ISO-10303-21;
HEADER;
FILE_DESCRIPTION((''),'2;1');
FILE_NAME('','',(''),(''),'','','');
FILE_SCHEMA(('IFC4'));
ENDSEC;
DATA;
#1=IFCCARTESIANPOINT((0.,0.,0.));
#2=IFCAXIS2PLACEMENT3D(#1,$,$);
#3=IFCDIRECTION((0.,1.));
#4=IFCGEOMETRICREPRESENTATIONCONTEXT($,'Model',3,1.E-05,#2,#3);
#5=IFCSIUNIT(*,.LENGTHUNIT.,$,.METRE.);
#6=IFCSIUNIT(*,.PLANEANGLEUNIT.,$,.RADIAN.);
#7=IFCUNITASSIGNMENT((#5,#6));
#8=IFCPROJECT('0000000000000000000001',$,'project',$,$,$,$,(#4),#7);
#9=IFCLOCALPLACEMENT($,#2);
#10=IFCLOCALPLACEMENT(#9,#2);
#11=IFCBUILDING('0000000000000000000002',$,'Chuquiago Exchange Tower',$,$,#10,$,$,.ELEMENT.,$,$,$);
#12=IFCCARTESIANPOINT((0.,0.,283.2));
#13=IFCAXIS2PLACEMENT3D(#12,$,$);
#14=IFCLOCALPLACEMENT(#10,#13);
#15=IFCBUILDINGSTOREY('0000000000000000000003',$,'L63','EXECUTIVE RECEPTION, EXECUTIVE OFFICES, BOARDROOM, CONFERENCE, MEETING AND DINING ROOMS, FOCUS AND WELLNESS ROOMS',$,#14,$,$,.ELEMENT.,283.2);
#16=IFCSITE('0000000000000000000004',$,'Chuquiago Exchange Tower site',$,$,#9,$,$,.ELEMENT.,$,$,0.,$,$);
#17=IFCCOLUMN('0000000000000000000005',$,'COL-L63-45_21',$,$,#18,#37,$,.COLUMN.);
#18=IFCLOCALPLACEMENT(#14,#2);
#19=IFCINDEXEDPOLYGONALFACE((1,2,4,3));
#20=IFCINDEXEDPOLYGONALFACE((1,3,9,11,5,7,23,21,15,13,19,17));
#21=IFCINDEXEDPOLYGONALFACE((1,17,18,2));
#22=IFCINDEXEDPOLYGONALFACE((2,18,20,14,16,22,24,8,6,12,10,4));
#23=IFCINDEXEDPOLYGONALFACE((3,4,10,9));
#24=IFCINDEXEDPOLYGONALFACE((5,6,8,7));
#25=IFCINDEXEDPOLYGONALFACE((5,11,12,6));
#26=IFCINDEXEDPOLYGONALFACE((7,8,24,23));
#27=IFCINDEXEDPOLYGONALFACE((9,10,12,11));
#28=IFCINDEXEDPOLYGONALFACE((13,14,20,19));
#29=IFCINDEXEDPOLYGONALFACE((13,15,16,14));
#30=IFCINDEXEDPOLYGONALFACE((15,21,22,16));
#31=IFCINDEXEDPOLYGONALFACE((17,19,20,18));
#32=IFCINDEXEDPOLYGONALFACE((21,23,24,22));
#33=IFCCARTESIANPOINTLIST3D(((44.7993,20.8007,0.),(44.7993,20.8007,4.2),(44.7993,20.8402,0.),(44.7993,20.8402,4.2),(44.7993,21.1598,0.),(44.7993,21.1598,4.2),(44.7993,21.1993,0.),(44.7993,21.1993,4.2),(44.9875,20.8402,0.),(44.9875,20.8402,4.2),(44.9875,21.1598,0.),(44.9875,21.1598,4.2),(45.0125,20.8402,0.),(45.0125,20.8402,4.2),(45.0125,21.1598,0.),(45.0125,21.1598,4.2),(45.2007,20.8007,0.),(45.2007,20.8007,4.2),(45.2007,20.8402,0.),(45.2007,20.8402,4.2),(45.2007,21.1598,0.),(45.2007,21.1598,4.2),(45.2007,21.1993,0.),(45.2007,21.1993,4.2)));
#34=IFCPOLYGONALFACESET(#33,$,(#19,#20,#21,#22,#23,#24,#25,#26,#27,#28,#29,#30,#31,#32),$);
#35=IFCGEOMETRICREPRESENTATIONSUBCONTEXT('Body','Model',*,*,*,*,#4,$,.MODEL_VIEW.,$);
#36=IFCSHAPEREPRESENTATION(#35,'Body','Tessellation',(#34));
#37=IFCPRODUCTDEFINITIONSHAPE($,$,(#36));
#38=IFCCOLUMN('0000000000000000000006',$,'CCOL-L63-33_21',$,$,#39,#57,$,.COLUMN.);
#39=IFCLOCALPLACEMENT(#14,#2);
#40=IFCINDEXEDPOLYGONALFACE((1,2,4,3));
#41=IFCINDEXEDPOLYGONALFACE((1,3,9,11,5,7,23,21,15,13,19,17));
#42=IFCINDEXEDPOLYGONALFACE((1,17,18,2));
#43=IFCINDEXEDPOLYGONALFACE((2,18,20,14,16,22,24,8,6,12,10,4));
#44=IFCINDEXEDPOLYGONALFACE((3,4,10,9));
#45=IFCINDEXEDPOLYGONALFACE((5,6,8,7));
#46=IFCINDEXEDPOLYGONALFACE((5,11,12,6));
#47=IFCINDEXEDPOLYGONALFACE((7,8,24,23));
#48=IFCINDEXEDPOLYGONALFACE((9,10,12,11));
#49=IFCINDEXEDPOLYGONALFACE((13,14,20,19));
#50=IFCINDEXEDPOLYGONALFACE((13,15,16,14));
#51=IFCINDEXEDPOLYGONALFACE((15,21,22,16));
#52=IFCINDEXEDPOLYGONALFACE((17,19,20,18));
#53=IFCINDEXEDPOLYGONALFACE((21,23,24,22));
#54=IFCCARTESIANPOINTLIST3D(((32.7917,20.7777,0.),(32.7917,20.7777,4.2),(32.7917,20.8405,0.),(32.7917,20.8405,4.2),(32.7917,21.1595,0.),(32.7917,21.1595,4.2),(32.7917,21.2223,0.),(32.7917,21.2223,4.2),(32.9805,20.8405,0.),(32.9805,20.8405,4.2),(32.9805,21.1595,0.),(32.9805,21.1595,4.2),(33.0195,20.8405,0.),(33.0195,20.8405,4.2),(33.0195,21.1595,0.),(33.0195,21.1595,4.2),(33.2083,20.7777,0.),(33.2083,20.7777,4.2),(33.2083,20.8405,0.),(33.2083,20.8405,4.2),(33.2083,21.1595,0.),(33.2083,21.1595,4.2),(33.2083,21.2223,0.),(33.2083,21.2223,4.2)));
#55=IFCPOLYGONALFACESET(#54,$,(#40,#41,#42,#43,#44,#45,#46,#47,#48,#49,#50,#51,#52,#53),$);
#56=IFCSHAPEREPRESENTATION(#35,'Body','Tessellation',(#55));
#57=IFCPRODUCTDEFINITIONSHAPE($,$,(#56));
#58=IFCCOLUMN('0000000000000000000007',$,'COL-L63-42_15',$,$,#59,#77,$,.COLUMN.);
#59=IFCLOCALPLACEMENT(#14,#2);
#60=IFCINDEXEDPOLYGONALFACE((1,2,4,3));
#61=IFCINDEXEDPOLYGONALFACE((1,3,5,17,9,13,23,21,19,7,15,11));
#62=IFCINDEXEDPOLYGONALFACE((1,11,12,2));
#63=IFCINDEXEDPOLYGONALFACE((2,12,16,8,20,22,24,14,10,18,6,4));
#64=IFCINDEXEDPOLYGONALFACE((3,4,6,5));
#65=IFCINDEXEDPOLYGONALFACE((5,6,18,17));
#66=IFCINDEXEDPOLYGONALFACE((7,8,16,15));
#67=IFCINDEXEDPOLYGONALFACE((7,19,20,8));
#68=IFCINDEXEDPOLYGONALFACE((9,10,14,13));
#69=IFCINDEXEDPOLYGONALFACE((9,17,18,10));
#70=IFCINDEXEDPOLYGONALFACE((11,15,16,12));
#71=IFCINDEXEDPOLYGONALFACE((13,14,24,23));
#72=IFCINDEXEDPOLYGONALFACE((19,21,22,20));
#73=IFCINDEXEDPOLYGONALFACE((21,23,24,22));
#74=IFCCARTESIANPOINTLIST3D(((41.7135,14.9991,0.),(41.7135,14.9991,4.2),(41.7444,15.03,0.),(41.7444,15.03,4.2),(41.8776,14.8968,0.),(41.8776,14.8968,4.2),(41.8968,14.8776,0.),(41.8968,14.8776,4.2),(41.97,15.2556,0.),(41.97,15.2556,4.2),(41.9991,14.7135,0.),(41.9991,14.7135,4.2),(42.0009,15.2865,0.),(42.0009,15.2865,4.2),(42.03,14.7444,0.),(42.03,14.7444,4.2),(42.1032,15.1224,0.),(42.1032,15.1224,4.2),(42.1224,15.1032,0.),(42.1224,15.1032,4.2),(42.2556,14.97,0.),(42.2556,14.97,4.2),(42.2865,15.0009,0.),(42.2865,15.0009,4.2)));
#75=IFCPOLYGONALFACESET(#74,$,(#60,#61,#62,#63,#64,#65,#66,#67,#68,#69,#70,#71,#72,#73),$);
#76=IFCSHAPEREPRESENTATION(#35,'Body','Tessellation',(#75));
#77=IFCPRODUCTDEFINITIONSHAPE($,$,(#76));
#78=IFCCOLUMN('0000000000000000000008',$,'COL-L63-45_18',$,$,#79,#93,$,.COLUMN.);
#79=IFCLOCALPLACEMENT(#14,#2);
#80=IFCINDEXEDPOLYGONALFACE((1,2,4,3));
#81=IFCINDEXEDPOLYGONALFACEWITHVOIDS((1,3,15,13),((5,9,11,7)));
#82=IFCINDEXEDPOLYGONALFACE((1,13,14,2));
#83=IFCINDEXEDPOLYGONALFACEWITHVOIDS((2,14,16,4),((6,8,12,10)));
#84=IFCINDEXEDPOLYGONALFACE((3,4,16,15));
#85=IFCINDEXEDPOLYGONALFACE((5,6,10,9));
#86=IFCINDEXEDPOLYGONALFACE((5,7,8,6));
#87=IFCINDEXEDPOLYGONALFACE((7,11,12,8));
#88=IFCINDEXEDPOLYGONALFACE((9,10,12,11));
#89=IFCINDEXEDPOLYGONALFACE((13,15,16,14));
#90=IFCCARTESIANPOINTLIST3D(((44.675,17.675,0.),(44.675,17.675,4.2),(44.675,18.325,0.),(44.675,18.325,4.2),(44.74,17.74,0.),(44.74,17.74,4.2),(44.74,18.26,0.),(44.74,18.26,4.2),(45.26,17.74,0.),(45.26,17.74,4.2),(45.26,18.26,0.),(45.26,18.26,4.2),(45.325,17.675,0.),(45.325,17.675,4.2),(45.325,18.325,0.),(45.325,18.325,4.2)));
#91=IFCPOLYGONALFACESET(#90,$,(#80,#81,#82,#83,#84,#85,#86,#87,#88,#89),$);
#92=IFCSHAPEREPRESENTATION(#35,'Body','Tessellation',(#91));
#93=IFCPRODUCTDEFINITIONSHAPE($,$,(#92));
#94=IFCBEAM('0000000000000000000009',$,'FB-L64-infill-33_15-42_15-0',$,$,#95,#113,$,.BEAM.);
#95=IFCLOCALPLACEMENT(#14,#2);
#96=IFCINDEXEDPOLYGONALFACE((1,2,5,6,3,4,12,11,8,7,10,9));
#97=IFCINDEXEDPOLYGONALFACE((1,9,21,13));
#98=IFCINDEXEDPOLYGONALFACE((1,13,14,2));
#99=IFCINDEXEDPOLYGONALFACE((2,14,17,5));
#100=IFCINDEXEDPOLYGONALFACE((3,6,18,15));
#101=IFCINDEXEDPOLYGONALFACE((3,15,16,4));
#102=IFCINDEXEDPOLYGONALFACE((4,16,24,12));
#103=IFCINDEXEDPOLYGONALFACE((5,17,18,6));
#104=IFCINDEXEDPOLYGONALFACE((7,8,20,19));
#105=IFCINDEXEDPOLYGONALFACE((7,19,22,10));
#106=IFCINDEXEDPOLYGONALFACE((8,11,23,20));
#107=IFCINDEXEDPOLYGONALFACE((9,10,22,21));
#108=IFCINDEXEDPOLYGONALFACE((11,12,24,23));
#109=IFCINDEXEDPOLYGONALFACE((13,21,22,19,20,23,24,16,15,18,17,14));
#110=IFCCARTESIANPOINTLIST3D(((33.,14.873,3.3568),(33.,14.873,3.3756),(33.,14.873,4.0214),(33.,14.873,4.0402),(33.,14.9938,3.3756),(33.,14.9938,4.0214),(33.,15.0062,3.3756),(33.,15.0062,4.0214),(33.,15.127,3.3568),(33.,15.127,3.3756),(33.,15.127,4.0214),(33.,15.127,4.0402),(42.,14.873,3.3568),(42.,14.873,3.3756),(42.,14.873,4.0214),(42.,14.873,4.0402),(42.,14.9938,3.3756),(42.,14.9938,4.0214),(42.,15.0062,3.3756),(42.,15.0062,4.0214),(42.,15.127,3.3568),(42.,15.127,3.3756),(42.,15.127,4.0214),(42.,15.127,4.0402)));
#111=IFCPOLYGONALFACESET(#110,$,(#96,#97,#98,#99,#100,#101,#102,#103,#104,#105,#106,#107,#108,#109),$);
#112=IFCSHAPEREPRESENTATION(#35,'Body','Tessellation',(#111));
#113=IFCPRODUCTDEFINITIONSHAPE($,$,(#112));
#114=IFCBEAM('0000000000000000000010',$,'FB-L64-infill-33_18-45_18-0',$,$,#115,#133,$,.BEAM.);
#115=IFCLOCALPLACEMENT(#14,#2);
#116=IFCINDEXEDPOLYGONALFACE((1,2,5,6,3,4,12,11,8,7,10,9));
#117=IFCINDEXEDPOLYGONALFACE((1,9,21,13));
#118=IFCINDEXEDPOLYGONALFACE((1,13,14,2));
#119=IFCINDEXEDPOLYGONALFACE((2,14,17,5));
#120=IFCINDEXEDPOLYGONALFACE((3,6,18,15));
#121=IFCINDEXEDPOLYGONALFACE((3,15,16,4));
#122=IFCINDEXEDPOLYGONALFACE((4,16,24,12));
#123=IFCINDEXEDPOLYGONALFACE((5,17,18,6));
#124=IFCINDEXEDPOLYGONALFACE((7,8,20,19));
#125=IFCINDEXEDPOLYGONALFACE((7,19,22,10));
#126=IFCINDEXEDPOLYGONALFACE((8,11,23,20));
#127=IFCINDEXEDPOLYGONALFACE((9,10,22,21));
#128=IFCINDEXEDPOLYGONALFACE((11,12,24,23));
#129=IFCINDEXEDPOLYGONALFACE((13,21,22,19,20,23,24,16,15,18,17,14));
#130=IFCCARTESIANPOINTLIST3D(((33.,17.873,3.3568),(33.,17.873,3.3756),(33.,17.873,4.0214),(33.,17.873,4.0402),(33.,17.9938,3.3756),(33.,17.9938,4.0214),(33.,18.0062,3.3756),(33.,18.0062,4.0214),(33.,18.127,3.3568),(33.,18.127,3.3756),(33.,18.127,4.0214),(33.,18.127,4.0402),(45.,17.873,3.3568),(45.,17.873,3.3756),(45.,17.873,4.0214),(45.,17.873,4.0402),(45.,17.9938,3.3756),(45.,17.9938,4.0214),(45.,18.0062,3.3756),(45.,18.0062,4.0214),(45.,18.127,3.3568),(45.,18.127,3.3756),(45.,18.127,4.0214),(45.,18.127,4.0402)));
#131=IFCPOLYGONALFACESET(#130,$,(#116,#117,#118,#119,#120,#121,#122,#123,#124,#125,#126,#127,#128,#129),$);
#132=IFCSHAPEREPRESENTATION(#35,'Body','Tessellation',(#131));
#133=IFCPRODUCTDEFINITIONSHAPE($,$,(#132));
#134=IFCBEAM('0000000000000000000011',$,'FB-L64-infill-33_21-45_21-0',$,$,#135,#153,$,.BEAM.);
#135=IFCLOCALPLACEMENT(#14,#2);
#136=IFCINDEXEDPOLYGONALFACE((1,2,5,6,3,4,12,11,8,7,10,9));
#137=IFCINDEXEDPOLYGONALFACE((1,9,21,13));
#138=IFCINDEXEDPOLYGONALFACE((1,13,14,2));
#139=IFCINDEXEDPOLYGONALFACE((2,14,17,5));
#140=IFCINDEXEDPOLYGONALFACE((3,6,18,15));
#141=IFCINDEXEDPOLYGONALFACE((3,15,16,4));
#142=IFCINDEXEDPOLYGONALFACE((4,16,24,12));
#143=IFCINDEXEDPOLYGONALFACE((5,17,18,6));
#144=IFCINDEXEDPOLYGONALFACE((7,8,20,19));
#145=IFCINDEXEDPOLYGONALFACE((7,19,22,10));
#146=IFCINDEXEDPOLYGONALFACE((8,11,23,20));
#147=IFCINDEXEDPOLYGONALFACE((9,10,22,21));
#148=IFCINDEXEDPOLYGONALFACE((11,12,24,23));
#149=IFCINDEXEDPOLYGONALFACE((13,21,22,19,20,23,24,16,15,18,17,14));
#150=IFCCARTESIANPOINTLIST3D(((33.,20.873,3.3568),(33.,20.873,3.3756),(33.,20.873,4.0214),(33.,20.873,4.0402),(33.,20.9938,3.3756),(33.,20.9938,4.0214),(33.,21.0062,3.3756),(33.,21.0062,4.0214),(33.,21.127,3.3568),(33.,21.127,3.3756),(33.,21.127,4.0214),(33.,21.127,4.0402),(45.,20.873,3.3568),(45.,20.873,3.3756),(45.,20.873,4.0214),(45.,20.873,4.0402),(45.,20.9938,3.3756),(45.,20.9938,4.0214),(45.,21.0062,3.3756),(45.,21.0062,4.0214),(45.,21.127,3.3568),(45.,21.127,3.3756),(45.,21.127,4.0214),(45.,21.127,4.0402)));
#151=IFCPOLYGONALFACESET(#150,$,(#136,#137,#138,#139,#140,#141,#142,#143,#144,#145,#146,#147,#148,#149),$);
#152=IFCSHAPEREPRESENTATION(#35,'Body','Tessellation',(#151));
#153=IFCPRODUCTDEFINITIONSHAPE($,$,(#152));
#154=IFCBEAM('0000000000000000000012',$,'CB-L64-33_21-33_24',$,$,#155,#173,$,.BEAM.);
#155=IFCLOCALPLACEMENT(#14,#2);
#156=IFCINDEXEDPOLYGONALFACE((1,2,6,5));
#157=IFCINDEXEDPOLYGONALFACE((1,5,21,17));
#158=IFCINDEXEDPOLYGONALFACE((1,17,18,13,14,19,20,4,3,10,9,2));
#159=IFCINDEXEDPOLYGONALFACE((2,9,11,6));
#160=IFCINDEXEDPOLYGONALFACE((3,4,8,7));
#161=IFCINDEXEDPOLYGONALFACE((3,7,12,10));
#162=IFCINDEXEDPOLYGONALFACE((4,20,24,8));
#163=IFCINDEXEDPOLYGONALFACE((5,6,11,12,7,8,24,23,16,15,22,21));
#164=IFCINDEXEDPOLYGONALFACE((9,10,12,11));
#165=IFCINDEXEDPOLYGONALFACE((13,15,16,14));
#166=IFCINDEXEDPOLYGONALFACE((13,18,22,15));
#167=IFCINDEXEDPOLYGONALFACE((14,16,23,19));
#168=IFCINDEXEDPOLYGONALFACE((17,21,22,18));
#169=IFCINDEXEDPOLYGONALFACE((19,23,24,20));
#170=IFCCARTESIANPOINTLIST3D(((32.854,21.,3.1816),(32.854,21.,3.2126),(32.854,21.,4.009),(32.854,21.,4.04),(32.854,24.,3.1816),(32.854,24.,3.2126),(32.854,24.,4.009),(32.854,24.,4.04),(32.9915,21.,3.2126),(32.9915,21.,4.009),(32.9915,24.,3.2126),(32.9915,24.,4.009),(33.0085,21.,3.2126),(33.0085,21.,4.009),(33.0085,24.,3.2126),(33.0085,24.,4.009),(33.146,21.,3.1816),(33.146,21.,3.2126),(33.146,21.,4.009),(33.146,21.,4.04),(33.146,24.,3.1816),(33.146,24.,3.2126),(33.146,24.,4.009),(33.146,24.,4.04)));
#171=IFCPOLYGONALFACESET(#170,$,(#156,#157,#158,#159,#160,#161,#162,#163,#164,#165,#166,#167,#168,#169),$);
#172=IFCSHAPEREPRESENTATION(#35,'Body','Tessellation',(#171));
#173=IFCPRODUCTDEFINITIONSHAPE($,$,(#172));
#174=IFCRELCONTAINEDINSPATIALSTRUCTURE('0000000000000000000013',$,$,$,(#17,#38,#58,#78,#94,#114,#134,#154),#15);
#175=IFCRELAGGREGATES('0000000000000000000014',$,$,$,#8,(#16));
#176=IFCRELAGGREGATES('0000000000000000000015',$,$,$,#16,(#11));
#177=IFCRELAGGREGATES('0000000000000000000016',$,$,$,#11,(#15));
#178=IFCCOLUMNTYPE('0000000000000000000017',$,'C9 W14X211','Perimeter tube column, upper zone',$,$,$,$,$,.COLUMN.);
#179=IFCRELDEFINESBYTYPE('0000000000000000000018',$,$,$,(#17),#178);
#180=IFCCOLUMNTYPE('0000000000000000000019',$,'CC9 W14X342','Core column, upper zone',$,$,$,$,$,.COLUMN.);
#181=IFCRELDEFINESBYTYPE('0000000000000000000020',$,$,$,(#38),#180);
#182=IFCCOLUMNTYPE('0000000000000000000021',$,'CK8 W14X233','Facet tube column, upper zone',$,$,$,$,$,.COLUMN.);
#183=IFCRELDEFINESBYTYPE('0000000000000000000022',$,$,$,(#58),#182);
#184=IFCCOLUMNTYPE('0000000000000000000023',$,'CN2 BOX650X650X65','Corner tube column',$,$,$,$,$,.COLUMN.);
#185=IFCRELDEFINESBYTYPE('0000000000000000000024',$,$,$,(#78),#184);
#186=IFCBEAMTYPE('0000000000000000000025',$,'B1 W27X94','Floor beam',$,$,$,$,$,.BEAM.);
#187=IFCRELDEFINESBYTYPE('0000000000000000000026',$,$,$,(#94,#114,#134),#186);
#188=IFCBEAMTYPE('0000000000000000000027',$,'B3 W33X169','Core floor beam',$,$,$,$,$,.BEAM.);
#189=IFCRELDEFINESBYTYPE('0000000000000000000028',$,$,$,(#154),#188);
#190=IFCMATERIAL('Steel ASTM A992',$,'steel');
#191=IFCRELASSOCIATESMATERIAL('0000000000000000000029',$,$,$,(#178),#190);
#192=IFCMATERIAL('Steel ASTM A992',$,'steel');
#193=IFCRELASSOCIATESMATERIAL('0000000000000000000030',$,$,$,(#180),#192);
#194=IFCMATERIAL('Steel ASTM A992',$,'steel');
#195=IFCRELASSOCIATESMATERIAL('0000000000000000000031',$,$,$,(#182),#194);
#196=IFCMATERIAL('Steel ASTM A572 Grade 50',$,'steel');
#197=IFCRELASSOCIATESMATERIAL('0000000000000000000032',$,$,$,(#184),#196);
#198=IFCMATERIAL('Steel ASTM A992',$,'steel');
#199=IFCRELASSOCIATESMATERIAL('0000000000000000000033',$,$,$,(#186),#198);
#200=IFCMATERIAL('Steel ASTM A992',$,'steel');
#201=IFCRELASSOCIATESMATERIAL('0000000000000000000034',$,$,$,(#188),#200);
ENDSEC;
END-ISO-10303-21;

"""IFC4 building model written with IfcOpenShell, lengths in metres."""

from ifc_helpers import new_model, si_unit, direction, frame, origin, origin_2d, place, context, subcontext, project, spatial, hollow_rectangle, i_section, extrude, material, material_profile, profile_set, type_object, element, save


model = new_model("IFC4")

# Units and contexts
model_context = context("Model", 3, precision=1e-05, world=origin(), true_north=direction((0.0, 1.0)))
body_context = subcontext(model_context, "Body", "Model", "MODEL_VIEW")
ifc_project = project(units=[si_unit("LENGTHUNIT", "METRE"), si_unit("PLANEANGLEUNIT", "RADIAN")], contexts=[model_context])

# Site, building, storey
site_placement = place(None, origin())
site = spatial("IfcSite", under=ifc_project, at=site_placement, Name="Chuquiago Exchange Tower site", CompositionType="ELEMENT", RefElevation=0.0)
building_placement = place(site_placement, origin())
building = spatial("IfcBuilding", under=site, at=building_placement, Name="Chuquiago Exchange Tower", CompositionType="ELEMENT")
storey_placement = place(building_placement, frame((0.0, 0.0, 283.2)))
storey = spatial("IfcBuildingStorey", under=building, at=storey_placement, Name="L63", Description="EXECUTIVE RECEPTION, EXECUTIVE OFFICES, BOARDROOM, CONFERENCE, MEETING AND DINING ROOMS, FOCUS AND WELLNESS ROOMS", CompositionType="ELEMENT", Elevation=283.2)

# Columns
ifc_material_1 = material(Name="Steel ASTM A992", Category="steel")
ifc_material_profile_1 = material_profile(ifc_material_1, i_section(OverallWidth=0.4014, OverallDepth=0.3987, WebThickness=0.0249, FlangeThickness=0.0396, at=origin_2d()), Name="W14X211")
ifc_profile_set_1 = profile_set([ifc_material_profile_1], Name="Steel ASTM A992")
column_type_1 = type_object("IfcColumnType", Name="C9 W14X211", Description="Perimeter tube column, upper zone", PredefinedType="COLUMN", material=ifc_profile_set_1)
column_1_placement = place(storey_placement, frame((45.0, 21.0, 0.0), z_axis=(0.0, 0.0, 1.0), x_axis=(1.0, 0.0, 0.0)))
element("IfcColumn", 1, at=column_1_placement, inside=storey, type_object=column_type_1, Name="COL-L63-45_21", PredefinedType="COLUMN", context=body_context, shape_type="SweptSolid", body=[
    extrude(i_section(OverallWidth=0.4014, OverallDepth=0.3987, WebThickness=0.0249, FlangeThickness=0.0396, at=origin_2d()), origin(), (0.0, 0.0, 1.0), 4.2),
])
ifc_material_2 = material(Name="Steel ASTM A992", Category="steel")
ifc_material_profile_2 = material_profile(ifc_material_2, i_section(OverallWidth=0.4165, OverallDepth=0.4446, WebThickness=0.0391, FlangeThickness=0.0627, at=origin_2d()), Name="W14X342")
ifc_profile_set_2 = profile_set([ifc_material_profile_2], Name="Steel ASTM A992")
column_type_2 = type_object("IfcColumnType", Name="CC9 W14X342", Description="Core column, upper zone", PredefinedType="COLUMN", material=ifc_profile_set_2)
column_2_placement = place(storey_placement, frame((33.0, 21.0, 0.0), z_axis=(0.0, 0.0, 1.0), x_axis=(1.0, 0.0, 0.0)))
element("IfcColumn", 2, at=column_2_placement, inside=storey, type_object=column_type_2, Name="CCOL-L63-33_21", PredefinedType="COLUMN", context=body_context, shape_type="SweptSolid", body=[
    extrude(i_section(OverallWidth=0.4165, OverallDepth=0.4446, WebThickness=0.0391, FlangeThickness=0.0627, at=origin_2d()), origin(), (0.0, 0.0, 1.0), 4.2),
])
ifc_material_3 = material(Name="Steel ASTM A992", Category="steel")
ifc_material_profile_3 = material_profile(ifc_material_3, i_section(OverallWidth=0.4038, OverallDepth=0.4065, WebThickness=0.0271, FlangeThickness=0.0437, at=origin_2d()), Name="W14X233")
ifc_profile_set_3 = profile_set([ifc_material_profile_3], Name="Steel ASTM A992")
column_type_3 = type_object("IfcColumnType", Name="CK8 W14X233", Description="Facet tube column, upper zone", PredefinedType="COLUMN", material=ifc_profile_set_3)
column_3_placement = place(storey_placement, frame((42.0, 15.0, 0.0), z_axis=(0.0, 0.0, 1.0), x_axis=(0.707107, -0.707107, 0.0)))
element("IfcColumn", 3, at=column_3_placement, inside=storey, type_object=column_type_3, Name="COL-L63-42_15", PredefinedType="COLUMN", context=body_context, shape_type="SweptSolid", body=[
    extrude(i_section(OverallWidth=0.4038, OverallDepth=0.4065, WebThickness=0.0271, FlangeThickness=0.0437, at=origin_2d()), origin(), (0.0, 0.0, 1.0), 4.2),
])
ifc_material_4 = material(Name="Steel ASTM A572 Grade 50", Category="steel")
ifc_material_profile_4 = material_profile(ifc_material_4, hollow_rectangle(XDim=0.6499, YDim=0.6499, WallThickness=0.0649, at=origin_2d()), Name="BOX650X650X65")
ifc_profile_set_4 = profile_set([ifc_material_profile_4], Name="Steel ASTM A572 Grade 50")
column_type_4 = type_object("IfcColumnType", Name="CN2 BOX650X650X65", Description="Corner tube column", PredefinedType="COLUMN", material=ifc_profile_set_4)
column_4_placement = place(storey_placement, frame((45.0, 18.0, 0.0), z_axis=(0.0, 0.0, 1.0), x_axis=(1.0, 0.0, 0.0)))
element("IfcColumn", 4, at=column_4_placement, inside=storey, type_object=column_type_4, Name="COL-L63-45_18", PredefinedType="COLUMN", context=body_context, shape_type="SweptSolid", body=[
    extrude(hollow_rectangle(XDim=0.6499, YDim=0.6499, WallThickness=0.0649, at=origin_2d()), origin(), (0.0, 0.0, 1.0), 4.2),
])

# Beams
ifc_material_5 = material(Name="Steel ASTM A992", Category="steel")
ifc_material_profile_5 = material_profile(ifc_material_5, i_section(OverallWidth=0.2539, OverallDepth=0.6833, WebThickness=0.0125, FlangeThickness=0.0188, at=origin_2d()), Name="W27X94")
ifc_profile_set_5 = profile_set([ifc_material_profile_5], Name="Steel ASTM A992")
beam_type_1 = type_object("IfcBeamType", Name="B1 W27X94", Description="Floor beam", PredefinedType="BEAM", material=ifc_profile_set_5)
beam_1_placement = place(storey_placement, frame((33.0, 15.0, 3.6985), z_axis=(1.0, 0.0, 0.0), x_axis=(0.0, 1.0, 0.0)))
element("IfcBeam", 5, at=beam_1_placement, inside=storey, type_object=beam_type_1, Name="FB-L64-infill-33_15-42_15-0", PredefinedType="BEAM", context=body_context, shape_type="SweptSolid", body=[
    extrude(i_section(OverallWidth=0.2539, OverallDepth=0.6833, WebThickness=0.0125, FlangeThickness=0.0188, at=origin_2d()), origin(), (0.0, 0.0, 1.0), 9.0),
])
for number, where, z_axis, x_axis, name in (
    (6, (33.0, 18.0, 3.6985), (1.0, 0.0, 0.0), (0.0, 1.0, 0.0), "FB-L64-infill-33_18-45_18-0"),
    (7, (33.0, 21.0, 3.6985), (1.0, 0.0, 0.0), (0.0, 1.0, 0.0), "FB-L64-infill-33_21-45_21-0"),
):
    element("IfcBeam", number, at=place(storey_placement, frame(where, z_axis=z_axis, x_axis=x_axis)), inside=storey, type_object=beam_type_1, Name=name, PredefinedType="BEAM", context=body_context, shape_type="SweptSolid", body=[
        extrude(i_section(OverallWidth=0.2539, OverallDepth=0.6833, WebThickness=0.0125, FlangeThickness=0.0188, at=origin_2d()), origin(), (0.0, 0.0, 1.0), 12.0),
    ])
ifc_material_6 = material(Name="Steel ASTM A992", Category="steel")
ifc_material_profile_6 = material_profile(ifc_material_6, i_section(OverallWidth=0.292, OverallDepth=0.8584, WebThickness=0.0171, FlangeThickness=0.031, at=origin_2d()), Name="W33X169")
ifc_profile_set_6 = profile_set([ifc_material_profile_6], Name="Steel ASTM A992")
beam_type_2 = type_object("IfcBeamType", Name="B3 W33X169", Description="Core floor beam", PredefinedType="BEAM", material=ifc_profile_set_6)
beam_2_placement = place(storey_placement, frame((33.0, 21.0, 3.6108), z_axis=(0.0, 1.0, 0.0), x_axis=(-1.0, 0.0, 0.0)))
element("IfcBeam", 8, at=beam_2_placement, inside=storey, type_object=beam_type_2, Name="CB-L64-33_21-33_24", PredefinedType="BEAM", context=body_context, shape_type="SweptSolid", body=[
    extrude(i_section(OverallWidth=0.292, OverallDepth=0.8584, WebThickness=0.0171, FlangeThickness=0.031, at=origin_2d()), origin(), (0.0, 0.0, 1.0), 3.0),
])

save(model, "model.ifc")
